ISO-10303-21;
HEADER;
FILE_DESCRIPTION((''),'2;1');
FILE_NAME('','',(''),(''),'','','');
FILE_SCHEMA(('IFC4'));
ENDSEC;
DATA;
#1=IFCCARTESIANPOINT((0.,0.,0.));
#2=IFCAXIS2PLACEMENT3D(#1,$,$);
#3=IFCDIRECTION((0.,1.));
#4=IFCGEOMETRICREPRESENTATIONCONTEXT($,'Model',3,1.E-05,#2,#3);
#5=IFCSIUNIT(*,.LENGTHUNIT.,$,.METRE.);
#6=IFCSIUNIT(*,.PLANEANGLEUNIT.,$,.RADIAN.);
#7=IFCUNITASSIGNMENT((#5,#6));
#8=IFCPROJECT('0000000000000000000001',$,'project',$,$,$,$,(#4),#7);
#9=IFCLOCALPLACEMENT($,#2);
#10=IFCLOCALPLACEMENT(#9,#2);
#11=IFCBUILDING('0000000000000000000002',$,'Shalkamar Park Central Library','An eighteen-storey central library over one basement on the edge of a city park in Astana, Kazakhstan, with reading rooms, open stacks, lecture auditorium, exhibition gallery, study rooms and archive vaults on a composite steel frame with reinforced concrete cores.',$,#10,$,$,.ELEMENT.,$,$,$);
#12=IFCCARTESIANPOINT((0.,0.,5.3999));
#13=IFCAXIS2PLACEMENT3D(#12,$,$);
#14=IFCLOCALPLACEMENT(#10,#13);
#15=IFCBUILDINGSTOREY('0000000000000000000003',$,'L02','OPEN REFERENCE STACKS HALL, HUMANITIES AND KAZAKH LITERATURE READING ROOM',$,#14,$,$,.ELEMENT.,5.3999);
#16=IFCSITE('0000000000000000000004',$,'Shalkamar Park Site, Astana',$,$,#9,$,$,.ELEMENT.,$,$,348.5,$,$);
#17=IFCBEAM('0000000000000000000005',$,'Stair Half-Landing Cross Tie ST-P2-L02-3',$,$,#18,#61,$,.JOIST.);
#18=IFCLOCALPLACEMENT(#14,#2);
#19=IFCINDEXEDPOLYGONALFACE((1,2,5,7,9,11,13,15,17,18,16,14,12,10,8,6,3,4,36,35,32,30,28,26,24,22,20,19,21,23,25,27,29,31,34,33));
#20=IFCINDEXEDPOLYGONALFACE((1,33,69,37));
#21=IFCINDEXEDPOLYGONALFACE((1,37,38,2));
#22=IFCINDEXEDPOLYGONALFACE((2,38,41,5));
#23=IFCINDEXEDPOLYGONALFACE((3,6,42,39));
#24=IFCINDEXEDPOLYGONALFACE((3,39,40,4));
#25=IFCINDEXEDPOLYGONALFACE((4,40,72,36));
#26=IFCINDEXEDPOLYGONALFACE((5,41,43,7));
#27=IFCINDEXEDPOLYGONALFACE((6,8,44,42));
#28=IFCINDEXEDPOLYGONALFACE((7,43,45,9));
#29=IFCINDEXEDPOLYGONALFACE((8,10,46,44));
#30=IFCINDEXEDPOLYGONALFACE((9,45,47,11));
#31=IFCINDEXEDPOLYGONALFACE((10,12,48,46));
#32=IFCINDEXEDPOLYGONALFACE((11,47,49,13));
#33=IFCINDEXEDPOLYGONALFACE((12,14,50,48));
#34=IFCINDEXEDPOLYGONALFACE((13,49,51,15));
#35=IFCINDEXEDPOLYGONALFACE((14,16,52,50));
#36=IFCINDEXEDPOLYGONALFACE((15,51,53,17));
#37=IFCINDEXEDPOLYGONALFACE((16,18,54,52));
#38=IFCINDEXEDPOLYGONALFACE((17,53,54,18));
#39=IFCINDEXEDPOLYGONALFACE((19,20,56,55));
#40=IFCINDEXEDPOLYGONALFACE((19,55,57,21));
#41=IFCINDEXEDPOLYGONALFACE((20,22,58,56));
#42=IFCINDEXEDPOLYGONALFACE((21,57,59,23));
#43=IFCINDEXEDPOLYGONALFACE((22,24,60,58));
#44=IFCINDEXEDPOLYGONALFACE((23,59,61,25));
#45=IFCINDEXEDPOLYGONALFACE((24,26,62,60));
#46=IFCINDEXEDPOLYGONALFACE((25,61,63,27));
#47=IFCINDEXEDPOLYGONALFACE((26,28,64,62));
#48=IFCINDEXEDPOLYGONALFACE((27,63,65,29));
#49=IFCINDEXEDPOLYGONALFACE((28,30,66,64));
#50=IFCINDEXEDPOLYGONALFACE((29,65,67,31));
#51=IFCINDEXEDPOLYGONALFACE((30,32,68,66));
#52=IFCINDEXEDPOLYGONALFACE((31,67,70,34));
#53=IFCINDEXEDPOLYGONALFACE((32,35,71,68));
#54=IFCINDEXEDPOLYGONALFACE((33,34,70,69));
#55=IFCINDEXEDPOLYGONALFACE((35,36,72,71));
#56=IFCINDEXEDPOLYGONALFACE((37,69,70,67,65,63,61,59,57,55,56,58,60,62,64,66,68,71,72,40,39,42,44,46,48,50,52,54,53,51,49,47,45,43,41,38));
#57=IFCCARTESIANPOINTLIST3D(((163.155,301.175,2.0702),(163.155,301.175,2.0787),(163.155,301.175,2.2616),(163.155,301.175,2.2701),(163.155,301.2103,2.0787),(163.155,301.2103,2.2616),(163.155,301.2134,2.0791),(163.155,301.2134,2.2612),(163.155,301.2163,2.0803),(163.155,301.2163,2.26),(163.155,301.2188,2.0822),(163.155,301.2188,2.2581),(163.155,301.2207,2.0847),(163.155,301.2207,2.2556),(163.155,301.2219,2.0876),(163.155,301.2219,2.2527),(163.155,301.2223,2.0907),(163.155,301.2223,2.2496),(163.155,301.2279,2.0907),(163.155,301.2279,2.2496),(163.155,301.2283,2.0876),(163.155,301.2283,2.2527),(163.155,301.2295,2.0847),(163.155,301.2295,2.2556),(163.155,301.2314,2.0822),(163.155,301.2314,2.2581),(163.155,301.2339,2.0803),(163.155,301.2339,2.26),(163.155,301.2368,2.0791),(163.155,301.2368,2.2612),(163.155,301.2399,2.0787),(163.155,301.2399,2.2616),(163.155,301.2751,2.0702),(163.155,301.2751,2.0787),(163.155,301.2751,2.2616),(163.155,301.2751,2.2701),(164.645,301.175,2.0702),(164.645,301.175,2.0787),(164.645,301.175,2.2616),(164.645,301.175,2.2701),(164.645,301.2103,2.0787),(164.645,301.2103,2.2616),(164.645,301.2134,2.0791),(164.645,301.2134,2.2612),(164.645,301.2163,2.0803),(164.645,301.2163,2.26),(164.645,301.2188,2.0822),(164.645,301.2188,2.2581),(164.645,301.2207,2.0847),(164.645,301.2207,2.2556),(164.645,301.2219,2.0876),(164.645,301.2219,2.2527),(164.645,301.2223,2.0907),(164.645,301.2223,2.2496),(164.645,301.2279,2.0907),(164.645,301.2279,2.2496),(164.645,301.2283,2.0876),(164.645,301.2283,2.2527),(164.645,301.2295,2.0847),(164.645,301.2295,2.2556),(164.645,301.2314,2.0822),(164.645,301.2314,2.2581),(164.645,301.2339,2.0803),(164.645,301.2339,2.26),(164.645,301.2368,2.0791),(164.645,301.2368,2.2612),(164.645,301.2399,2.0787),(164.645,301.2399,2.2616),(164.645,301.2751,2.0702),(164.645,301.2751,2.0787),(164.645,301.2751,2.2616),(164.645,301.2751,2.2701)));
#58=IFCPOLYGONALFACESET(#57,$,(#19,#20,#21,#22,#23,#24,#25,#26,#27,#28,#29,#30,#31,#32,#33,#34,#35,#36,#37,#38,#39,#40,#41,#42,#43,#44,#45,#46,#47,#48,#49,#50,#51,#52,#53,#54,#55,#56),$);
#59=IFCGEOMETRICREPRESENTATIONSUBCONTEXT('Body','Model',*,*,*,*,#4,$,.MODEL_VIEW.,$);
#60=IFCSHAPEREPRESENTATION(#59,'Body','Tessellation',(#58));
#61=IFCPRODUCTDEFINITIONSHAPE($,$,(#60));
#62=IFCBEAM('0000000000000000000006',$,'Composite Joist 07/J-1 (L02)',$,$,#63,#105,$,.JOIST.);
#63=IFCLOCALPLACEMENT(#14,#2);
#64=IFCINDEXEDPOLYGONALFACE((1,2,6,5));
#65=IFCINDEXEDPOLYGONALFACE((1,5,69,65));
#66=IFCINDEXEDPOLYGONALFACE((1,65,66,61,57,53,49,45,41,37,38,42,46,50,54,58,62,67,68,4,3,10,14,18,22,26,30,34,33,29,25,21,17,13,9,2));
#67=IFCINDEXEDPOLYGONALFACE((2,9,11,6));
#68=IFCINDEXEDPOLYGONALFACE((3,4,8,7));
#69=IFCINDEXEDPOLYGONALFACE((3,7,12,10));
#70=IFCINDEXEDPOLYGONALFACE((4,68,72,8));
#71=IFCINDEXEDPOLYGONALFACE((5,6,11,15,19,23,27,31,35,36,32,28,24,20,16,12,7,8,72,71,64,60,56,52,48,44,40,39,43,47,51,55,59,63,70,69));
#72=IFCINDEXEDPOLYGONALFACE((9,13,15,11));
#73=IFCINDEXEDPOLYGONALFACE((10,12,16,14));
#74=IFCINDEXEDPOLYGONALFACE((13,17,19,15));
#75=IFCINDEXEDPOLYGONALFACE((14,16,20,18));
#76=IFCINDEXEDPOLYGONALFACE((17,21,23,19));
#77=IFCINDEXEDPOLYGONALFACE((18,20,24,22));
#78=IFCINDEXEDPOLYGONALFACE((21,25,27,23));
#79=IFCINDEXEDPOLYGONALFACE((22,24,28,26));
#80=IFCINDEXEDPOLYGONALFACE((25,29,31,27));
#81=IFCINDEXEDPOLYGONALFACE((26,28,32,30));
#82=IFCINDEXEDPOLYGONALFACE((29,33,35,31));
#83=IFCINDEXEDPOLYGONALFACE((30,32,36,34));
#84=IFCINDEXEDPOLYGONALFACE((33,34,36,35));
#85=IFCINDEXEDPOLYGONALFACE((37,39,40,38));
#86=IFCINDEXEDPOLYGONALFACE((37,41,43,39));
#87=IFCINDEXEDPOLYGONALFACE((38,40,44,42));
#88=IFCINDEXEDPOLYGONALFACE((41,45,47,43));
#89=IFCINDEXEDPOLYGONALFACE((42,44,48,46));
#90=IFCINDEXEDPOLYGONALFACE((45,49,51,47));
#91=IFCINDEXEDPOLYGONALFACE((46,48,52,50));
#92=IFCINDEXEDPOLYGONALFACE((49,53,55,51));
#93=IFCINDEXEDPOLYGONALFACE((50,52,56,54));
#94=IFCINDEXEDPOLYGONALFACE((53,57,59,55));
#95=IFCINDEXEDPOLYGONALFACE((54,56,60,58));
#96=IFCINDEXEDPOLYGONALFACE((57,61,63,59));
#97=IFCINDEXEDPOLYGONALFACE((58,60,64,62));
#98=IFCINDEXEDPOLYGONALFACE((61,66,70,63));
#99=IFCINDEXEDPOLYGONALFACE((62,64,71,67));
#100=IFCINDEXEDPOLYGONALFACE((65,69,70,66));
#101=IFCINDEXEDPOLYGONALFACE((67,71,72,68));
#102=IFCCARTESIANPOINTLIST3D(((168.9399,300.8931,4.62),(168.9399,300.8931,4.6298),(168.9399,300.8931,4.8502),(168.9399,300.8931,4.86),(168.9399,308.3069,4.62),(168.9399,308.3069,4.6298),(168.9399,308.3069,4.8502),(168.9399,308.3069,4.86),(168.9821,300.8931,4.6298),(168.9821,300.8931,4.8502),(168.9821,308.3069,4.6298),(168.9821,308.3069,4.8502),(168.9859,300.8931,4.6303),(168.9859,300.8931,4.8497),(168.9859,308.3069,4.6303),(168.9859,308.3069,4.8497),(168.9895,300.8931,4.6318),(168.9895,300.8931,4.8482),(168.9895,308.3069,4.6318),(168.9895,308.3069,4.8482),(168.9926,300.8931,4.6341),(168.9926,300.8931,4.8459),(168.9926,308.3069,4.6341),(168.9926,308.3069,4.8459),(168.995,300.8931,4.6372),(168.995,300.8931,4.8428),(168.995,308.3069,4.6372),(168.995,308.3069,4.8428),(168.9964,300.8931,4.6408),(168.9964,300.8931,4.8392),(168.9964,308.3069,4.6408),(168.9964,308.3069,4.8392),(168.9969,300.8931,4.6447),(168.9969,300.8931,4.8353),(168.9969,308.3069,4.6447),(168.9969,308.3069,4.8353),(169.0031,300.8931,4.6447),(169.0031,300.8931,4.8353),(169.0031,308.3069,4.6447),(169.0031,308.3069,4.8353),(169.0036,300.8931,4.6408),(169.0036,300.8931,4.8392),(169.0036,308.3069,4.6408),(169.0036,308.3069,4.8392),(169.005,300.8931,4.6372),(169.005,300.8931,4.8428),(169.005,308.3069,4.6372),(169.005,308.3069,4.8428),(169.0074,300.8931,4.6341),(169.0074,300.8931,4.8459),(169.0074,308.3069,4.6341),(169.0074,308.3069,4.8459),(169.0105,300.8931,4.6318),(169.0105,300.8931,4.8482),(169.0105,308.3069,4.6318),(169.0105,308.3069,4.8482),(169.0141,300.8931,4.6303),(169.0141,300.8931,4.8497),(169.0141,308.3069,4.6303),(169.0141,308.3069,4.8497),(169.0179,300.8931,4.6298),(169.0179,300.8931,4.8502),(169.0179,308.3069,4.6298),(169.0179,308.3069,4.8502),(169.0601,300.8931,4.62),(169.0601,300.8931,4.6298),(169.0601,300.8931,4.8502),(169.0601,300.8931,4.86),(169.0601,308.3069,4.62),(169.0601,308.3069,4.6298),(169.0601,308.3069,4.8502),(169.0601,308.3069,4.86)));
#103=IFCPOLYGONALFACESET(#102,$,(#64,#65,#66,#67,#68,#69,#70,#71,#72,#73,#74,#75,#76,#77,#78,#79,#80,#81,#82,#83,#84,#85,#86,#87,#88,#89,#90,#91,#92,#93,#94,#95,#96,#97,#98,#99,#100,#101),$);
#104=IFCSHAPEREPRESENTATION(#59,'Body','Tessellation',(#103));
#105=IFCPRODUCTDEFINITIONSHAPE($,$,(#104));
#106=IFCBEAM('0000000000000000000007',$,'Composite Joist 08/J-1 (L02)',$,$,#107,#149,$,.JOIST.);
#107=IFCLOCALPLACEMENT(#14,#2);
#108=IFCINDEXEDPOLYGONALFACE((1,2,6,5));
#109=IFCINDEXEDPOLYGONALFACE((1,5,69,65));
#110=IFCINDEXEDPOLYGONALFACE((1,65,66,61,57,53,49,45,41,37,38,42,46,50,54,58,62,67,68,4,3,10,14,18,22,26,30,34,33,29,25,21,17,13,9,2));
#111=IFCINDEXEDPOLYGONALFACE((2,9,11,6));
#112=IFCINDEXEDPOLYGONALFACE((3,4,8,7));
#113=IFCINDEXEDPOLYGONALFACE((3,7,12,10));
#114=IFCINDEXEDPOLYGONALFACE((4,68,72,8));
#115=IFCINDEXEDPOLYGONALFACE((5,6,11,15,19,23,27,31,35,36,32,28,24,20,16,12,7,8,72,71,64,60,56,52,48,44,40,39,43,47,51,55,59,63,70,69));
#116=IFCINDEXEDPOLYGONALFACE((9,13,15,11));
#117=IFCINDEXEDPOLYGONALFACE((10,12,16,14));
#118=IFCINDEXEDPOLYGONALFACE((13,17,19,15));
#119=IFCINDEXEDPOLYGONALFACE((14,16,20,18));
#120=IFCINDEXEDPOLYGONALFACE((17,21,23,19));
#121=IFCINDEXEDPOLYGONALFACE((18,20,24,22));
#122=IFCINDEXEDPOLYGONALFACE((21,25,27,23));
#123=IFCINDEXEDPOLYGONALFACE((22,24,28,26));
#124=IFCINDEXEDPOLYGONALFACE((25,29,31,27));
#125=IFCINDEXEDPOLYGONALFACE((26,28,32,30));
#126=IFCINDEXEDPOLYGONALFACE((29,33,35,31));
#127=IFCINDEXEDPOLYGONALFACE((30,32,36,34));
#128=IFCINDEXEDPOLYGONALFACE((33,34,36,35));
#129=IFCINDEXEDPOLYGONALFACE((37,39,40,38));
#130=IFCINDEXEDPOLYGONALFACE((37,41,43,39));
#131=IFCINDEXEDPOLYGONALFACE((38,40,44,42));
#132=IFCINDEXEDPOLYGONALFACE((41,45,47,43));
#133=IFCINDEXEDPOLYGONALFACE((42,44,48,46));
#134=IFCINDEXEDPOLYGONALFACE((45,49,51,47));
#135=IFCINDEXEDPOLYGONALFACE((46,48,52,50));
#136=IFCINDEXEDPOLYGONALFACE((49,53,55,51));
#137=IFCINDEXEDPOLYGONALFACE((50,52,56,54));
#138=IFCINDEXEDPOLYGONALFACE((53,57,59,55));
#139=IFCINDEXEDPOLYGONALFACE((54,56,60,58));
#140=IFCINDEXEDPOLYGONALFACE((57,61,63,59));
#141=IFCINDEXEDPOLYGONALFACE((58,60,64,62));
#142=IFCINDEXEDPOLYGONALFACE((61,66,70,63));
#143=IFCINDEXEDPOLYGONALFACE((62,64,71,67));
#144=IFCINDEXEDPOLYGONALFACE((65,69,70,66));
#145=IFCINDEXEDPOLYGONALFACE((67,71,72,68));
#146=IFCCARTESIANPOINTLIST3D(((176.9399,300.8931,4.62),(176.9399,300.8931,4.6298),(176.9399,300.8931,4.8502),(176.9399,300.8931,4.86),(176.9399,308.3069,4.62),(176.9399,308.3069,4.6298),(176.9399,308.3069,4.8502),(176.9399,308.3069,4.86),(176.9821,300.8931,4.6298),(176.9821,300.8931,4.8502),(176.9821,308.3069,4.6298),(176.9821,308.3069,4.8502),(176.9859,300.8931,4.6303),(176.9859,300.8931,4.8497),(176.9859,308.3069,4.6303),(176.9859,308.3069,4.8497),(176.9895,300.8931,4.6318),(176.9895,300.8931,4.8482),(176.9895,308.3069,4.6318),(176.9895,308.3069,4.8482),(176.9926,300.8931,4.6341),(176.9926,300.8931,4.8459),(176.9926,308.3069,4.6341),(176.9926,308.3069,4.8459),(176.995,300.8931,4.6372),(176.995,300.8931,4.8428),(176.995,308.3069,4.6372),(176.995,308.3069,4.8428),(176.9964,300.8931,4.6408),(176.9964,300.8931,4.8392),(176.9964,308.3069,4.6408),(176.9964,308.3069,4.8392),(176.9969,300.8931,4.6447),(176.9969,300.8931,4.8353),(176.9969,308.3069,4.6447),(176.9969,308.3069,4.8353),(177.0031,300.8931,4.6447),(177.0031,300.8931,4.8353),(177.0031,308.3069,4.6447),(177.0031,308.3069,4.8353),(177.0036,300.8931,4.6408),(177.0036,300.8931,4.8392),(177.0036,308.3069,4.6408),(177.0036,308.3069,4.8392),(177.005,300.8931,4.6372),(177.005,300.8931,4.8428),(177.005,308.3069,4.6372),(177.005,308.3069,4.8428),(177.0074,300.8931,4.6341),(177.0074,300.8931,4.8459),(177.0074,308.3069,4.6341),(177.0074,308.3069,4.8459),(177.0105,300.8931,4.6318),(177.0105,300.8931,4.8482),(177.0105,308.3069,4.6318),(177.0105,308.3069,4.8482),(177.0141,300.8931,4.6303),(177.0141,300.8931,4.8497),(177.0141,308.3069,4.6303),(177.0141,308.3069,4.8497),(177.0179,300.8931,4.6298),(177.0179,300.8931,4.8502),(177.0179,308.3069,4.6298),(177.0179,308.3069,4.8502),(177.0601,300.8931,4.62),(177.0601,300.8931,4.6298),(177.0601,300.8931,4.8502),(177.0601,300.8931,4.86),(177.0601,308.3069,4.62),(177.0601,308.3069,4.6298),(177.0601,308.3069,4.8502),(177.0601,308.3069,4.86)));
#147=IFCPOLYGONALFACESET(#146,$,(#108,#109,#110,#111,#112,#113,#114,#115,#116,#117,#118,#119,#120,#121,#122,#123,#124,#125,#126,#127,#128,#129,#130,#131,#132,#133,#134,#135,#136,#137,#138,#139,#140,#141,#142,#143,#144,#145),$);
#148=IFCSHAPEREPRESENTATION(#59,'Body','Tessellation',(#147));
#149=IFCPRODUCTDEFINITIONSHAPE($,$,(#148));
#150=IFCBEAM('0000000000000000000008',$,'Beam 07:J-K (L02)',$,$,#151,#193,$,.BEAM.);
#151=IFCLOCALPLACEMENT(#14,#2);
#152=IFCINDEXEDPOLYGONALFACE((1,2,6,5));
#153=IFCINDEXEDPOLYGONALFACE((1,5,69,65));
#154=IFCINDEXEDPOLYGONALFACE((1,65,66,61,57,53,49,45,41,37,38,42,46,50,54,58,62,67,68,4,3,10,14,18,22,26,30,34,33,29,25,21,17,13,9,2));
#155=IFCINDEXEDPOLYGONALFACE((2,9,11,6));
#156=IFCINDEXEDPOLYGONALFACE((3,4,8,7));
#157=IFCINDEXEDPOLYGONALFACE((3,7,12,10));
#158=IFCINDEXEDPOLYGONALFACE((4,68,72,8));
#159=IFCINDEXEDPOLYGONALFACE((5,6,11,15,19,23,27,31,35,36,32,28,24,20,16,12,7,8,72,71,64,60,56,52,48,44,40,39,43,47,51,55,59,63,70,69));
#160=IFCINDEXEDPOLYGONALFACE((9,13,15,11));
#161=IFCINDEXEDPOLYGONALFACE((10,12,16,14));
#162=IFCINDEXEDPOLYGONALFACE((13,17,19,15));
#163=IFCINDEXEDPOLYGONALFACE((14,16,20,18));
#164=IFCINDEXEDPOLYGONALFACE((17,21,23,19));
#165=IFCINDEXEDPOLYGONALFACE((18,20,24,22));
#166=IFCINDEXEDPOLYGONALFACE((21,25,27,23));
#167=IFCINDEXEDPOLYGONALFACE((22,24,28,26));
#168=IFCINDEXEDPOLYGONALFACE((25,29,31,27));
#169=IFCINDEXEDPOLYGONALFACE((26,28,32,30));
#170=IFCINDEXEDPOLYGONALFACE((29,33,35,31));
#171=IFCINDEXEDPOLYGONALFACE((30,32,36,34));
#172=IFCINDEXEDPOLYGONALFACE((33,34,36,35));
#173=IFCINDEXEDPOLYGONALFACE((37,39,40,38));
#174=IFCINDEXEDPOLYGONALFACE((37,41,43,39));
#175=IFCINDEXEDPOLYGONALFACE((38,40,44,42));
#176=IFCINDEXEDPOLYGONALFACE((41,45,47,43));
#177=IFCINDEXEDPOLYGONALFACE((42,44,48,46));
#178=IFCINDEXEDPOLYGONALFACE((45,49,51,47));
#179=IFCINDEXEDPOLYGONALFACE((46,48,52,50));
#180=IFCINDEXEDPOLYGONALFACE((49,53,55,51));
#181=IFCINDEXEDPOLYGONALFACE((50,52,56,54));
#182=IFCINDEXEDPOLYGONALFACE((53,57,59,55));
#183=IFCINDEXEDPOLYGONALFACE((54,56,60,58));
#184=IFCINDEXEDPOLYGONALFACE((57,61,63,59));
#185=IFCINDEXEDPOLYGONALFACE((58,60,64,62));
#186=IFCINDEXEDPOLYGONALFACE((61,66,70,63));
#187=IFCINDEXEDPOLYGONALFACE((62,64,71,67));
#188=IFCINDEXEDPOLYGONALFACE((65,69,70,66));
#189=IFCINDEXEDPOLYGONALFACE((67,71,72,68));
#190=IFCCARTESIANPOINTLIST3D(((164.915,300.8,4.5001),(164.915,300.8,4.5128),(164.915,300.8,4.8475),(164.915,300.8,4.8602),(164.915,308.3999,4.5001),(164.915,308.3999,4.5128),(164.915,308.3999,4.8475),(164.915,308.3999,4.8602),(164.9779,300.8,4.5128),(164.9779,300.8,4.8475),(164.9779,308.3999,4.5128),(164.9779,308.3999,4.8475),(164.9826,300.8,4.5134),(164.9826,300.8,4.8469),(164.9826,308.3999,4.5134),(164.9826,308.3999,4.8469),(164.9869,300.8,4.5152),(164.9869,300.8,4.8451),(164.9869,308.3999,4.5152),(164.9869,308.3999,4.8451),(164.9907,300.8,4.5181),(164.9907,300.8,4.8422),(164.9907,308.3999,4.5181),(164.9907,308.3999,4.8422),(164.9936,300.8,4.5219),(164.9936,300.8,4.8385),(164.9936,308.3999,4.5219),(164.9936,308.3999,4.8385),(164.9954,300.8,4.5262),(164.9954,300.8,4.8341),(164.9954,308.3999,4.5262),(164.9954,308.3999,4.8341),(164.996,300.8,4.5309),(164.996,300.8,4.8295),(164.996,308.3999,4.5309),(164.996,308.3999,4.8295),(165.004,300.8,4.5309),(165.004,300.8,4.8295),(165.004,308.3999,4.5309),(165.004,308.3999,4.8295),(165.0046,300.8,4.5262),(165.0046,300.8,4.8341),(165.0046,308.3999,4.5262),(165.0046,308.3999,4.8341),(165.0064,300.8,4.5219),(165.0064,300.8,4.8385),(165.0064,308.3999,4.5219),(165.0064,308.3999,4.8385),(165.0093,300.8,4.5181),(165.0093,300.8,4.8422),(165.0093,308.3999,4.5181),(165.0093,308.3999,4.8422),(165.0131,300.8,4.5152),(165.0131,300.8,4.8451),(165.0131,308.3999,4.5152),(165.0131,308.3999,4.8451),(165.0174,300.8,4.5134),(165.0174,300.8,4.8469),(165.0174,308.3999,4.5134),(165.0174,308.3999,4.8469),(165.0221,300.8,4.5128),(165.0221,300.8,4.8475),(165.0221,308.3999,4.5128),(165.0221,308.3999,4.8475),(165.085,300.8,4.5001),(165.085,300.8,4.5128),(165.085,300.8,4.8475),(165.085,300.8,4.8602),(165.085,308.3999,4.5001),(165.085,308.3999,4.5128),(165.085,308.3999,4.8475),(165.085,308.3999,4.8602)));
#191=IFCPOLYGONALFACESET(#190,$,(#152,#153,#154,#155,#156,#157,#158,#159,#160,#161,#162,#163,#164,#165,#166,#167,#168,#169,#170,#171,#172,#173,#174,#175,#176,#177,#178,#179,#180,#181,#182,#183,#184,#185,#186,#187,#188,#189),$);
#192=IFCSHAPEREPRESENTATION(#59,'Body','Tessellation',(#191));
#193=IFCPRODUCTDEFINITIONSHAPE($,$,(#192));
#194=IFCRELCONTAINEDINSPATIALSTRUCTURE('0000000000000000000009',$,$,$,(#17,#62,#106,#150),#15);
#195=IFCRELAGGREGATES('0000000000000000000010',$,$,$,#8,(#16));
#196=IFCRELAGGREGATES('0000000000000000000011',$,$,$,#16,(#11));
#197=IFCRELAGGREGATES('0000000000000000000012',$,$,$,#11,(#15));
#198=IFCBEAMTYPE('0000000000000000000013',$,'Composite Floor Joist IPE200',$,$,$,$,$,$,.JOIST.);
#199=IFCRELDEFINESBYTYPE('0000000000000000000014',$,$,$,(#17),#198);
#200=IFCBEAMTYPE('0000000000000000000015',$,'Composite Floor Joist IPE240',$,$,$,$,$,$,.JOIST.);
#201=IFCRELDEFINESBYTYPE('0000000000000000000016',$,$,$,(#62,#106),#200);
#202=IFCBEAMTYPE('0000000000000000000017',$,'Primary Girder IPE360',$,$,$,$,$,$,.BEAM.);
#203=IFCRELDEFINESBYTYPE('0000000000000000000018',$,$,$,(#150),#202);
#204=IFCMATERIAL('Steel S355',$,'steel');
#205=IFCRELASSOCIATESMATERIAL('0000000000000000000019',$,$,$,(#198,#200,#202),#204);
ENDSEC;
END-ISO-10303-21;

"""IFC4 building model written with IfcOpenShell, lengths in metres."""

from ifc_helpers import new_model, si_unit, direction, frame, origin, origin_2d, place, context, subcontext, project, spatial, i_section, extrude, material, material_profile, profile_set, type_object, element, save


model = new_model("IFC4")

# Units and contexts
model_context = context("Model", 3, precision=1e-05, world=origin(), true_north=direction((0.0, 1.0)))
body_context = subcontext(model_context, "Body", "Model", "MODEL_VIEW")
ifc_project = project(units=[si_unit("LENGTHUNIT", "METRE"), si_unit("PLANEANGLEUNIT", "RADIAN")], contexts=[model_context])

# Site, building, storey
site_placement = place(None, origin())
site = spatial("IfcSite", under=ifc_project, at=site_placement, Name="Shalkamar Park Site, Astana", CompositionType="ELEMENT", RefElevation=348.5)
building_placement = place(site_placement, origin())
building = spatial("IfcBuilding", under=site, at=building_placement, Name="Shalkamar Park Central Library", Description="An eighteen-storey central library over one basement on the edge of a city park in Astana, Kazakhstan, with reading rooms, open stacks, lecture auditorium, exhibition gallery, study rooms and archive vaults on a composite steel frame with reinforced concrete cores.", CompositionType="ELEMENT")
storey_placement = place(building_placement, frame((0.0, 0.0, 5.3999)))
storey = spatial("IfcBuildingStorey", under=building, at=storey_placement, Name="L02", Description="OPEN REFERENCE STACKS HALL, HUMANITIES AND KAZAKH LITERATURE READING ROOM", CompositionType="ELEMENT", Elevation=5.3999)

# Shared definitions
ifc_material_1 = material(Name="Steel S355", Category="steel")

# Beams
ifc_material_profile_1 = material_profile(ifc_material_1, i_section(OverallWidth=0.1001, OverallDepth=0.2, WebThickness=0.0056, FlangeThickness=0.0085, FilletRadius=0.012, at=origin_2d()), Name="IPE 200")
ifc_profile_set_1 = profile_set([ifc_material_profile_1], Name="Steel S355")
beam_type_1 = type_object("IfcBeamType", Name="Composite Floor Joist IPE200", PredefinedType="JOIST", material=ifc_profile_set_1)
beam_1_placement = place(storey_placement, frame((163.155, 301.2251, 2.1702), z_axis=(1.0, 0.0, 0.0), x_axis=(0.0, 1.0, 0.0)))
element("IfcBeam", 1, at=beam_1_placement, inside=storey, type_object=beam_type_1, Name="Stair Half-Landing Cross Tie ST-P2-L02-3", PredefinedType="JOIST", context=body_context, shape_type="SweptSolid", body=[
    extrude(i_section(OverallWidth=0.1001, OverallDepth=0.2, WebThickness=0.0056, FlangeThickness=0.0085, FilletRadius=0.012, at=origin_2d()), origin(), (0.0, 0.0, 1.0), 1.49),
])
ifc_material_profile_2 = material_profile(ifc_material_1, i_section(OverallWidth=0.1201, OverallDepth=0.24, WebThickness=0.0061, FlangeThickness=0.0098, FilletRadius=0.0149, at=origin_2d()), Name="IPE 240")
ifc_profile_set_2 = profile_set([ifc_material_profile_2], Name="Steel S355")
beam_type_2 = type_object("IfcBeamType", Name="Composite Floor Joist IPE240", PredefinedType="JOIST", material=ifc_profile_set_2)
for number, where, z_axis, x_axis, name in (
    (2, (169.0, 300.8931, 4.74), (0.0, 1.0, 0.0), (-1.0, 0.0, 0.0), "Composite Joist 07/J-1 (L02)"),
    (3, (177.0, 300.8931, 4.74), (0.0, 1.0, 0.0), (-1.0, 0.0, 0.0), "Composite Joist 08/J-1 (L02)"),
):
    element("IfcBeam", number, at=place(storey_placement, frame(where, z_axis=z_axis, x_axis=x_axis)), inside=storey, type_object=beam_type_2, Name=name, PredefinedType="JOIST", context=body_context, shape_type="SweptSolid", body=[
        extrude(i_section(OverallWidth=0.1201, OverallDepth=0.24, WebThickness=0.0061, FlangeThickness=0.0098, FilletRadius=0.0149, at=origin_2d()), origin(), (0.0, 0.0, 1.0), 7.4138),
    ])
ifc_material_profile_3 = material_profile(ifc_material_1, i_section(OverallWidth=0.1699, OverallDepth=0.3601, WebThickness=0.0081, FlangeThickness=0.0127, FilletRadius=0.0181, at=origin_2d()), Name="IPE 360")
ifc_profile_set_3 = profile_set([ifc_material_profile_3], Name="Steel S355")
beam_type_3 = type_object("IfcBeamType", Name="Primary Girder IPE360", PredefinedType="BEAM", material=ifc_profile_set_3)
beam_2_placement = place(storey_placement, frame((165.0, 300.8, 4.6802), z_axis=(0.0, 1.0, 0.0), x_axis=(-1.0, 0.0, 0.0)))
element("IfcBeam", 4, at=beam_2_placement, inside=storey, type_object=beam_type_3, Name="Beam 07:J-K (L02)", PredefinedType="BEAM", context=body_context, shape_type="SweptSolid", body=[
    extrude(i_section(OverallWidth=0.1699, OverallDepth=0.3601, WebThickness=0.0081, FlangeThickness=0.0127, FilletRadius=0.0181, at=origin_2d()), origin(), (0.0, 0.0, 1.0), 7.5999),
])

save(model, "model.ifc")
